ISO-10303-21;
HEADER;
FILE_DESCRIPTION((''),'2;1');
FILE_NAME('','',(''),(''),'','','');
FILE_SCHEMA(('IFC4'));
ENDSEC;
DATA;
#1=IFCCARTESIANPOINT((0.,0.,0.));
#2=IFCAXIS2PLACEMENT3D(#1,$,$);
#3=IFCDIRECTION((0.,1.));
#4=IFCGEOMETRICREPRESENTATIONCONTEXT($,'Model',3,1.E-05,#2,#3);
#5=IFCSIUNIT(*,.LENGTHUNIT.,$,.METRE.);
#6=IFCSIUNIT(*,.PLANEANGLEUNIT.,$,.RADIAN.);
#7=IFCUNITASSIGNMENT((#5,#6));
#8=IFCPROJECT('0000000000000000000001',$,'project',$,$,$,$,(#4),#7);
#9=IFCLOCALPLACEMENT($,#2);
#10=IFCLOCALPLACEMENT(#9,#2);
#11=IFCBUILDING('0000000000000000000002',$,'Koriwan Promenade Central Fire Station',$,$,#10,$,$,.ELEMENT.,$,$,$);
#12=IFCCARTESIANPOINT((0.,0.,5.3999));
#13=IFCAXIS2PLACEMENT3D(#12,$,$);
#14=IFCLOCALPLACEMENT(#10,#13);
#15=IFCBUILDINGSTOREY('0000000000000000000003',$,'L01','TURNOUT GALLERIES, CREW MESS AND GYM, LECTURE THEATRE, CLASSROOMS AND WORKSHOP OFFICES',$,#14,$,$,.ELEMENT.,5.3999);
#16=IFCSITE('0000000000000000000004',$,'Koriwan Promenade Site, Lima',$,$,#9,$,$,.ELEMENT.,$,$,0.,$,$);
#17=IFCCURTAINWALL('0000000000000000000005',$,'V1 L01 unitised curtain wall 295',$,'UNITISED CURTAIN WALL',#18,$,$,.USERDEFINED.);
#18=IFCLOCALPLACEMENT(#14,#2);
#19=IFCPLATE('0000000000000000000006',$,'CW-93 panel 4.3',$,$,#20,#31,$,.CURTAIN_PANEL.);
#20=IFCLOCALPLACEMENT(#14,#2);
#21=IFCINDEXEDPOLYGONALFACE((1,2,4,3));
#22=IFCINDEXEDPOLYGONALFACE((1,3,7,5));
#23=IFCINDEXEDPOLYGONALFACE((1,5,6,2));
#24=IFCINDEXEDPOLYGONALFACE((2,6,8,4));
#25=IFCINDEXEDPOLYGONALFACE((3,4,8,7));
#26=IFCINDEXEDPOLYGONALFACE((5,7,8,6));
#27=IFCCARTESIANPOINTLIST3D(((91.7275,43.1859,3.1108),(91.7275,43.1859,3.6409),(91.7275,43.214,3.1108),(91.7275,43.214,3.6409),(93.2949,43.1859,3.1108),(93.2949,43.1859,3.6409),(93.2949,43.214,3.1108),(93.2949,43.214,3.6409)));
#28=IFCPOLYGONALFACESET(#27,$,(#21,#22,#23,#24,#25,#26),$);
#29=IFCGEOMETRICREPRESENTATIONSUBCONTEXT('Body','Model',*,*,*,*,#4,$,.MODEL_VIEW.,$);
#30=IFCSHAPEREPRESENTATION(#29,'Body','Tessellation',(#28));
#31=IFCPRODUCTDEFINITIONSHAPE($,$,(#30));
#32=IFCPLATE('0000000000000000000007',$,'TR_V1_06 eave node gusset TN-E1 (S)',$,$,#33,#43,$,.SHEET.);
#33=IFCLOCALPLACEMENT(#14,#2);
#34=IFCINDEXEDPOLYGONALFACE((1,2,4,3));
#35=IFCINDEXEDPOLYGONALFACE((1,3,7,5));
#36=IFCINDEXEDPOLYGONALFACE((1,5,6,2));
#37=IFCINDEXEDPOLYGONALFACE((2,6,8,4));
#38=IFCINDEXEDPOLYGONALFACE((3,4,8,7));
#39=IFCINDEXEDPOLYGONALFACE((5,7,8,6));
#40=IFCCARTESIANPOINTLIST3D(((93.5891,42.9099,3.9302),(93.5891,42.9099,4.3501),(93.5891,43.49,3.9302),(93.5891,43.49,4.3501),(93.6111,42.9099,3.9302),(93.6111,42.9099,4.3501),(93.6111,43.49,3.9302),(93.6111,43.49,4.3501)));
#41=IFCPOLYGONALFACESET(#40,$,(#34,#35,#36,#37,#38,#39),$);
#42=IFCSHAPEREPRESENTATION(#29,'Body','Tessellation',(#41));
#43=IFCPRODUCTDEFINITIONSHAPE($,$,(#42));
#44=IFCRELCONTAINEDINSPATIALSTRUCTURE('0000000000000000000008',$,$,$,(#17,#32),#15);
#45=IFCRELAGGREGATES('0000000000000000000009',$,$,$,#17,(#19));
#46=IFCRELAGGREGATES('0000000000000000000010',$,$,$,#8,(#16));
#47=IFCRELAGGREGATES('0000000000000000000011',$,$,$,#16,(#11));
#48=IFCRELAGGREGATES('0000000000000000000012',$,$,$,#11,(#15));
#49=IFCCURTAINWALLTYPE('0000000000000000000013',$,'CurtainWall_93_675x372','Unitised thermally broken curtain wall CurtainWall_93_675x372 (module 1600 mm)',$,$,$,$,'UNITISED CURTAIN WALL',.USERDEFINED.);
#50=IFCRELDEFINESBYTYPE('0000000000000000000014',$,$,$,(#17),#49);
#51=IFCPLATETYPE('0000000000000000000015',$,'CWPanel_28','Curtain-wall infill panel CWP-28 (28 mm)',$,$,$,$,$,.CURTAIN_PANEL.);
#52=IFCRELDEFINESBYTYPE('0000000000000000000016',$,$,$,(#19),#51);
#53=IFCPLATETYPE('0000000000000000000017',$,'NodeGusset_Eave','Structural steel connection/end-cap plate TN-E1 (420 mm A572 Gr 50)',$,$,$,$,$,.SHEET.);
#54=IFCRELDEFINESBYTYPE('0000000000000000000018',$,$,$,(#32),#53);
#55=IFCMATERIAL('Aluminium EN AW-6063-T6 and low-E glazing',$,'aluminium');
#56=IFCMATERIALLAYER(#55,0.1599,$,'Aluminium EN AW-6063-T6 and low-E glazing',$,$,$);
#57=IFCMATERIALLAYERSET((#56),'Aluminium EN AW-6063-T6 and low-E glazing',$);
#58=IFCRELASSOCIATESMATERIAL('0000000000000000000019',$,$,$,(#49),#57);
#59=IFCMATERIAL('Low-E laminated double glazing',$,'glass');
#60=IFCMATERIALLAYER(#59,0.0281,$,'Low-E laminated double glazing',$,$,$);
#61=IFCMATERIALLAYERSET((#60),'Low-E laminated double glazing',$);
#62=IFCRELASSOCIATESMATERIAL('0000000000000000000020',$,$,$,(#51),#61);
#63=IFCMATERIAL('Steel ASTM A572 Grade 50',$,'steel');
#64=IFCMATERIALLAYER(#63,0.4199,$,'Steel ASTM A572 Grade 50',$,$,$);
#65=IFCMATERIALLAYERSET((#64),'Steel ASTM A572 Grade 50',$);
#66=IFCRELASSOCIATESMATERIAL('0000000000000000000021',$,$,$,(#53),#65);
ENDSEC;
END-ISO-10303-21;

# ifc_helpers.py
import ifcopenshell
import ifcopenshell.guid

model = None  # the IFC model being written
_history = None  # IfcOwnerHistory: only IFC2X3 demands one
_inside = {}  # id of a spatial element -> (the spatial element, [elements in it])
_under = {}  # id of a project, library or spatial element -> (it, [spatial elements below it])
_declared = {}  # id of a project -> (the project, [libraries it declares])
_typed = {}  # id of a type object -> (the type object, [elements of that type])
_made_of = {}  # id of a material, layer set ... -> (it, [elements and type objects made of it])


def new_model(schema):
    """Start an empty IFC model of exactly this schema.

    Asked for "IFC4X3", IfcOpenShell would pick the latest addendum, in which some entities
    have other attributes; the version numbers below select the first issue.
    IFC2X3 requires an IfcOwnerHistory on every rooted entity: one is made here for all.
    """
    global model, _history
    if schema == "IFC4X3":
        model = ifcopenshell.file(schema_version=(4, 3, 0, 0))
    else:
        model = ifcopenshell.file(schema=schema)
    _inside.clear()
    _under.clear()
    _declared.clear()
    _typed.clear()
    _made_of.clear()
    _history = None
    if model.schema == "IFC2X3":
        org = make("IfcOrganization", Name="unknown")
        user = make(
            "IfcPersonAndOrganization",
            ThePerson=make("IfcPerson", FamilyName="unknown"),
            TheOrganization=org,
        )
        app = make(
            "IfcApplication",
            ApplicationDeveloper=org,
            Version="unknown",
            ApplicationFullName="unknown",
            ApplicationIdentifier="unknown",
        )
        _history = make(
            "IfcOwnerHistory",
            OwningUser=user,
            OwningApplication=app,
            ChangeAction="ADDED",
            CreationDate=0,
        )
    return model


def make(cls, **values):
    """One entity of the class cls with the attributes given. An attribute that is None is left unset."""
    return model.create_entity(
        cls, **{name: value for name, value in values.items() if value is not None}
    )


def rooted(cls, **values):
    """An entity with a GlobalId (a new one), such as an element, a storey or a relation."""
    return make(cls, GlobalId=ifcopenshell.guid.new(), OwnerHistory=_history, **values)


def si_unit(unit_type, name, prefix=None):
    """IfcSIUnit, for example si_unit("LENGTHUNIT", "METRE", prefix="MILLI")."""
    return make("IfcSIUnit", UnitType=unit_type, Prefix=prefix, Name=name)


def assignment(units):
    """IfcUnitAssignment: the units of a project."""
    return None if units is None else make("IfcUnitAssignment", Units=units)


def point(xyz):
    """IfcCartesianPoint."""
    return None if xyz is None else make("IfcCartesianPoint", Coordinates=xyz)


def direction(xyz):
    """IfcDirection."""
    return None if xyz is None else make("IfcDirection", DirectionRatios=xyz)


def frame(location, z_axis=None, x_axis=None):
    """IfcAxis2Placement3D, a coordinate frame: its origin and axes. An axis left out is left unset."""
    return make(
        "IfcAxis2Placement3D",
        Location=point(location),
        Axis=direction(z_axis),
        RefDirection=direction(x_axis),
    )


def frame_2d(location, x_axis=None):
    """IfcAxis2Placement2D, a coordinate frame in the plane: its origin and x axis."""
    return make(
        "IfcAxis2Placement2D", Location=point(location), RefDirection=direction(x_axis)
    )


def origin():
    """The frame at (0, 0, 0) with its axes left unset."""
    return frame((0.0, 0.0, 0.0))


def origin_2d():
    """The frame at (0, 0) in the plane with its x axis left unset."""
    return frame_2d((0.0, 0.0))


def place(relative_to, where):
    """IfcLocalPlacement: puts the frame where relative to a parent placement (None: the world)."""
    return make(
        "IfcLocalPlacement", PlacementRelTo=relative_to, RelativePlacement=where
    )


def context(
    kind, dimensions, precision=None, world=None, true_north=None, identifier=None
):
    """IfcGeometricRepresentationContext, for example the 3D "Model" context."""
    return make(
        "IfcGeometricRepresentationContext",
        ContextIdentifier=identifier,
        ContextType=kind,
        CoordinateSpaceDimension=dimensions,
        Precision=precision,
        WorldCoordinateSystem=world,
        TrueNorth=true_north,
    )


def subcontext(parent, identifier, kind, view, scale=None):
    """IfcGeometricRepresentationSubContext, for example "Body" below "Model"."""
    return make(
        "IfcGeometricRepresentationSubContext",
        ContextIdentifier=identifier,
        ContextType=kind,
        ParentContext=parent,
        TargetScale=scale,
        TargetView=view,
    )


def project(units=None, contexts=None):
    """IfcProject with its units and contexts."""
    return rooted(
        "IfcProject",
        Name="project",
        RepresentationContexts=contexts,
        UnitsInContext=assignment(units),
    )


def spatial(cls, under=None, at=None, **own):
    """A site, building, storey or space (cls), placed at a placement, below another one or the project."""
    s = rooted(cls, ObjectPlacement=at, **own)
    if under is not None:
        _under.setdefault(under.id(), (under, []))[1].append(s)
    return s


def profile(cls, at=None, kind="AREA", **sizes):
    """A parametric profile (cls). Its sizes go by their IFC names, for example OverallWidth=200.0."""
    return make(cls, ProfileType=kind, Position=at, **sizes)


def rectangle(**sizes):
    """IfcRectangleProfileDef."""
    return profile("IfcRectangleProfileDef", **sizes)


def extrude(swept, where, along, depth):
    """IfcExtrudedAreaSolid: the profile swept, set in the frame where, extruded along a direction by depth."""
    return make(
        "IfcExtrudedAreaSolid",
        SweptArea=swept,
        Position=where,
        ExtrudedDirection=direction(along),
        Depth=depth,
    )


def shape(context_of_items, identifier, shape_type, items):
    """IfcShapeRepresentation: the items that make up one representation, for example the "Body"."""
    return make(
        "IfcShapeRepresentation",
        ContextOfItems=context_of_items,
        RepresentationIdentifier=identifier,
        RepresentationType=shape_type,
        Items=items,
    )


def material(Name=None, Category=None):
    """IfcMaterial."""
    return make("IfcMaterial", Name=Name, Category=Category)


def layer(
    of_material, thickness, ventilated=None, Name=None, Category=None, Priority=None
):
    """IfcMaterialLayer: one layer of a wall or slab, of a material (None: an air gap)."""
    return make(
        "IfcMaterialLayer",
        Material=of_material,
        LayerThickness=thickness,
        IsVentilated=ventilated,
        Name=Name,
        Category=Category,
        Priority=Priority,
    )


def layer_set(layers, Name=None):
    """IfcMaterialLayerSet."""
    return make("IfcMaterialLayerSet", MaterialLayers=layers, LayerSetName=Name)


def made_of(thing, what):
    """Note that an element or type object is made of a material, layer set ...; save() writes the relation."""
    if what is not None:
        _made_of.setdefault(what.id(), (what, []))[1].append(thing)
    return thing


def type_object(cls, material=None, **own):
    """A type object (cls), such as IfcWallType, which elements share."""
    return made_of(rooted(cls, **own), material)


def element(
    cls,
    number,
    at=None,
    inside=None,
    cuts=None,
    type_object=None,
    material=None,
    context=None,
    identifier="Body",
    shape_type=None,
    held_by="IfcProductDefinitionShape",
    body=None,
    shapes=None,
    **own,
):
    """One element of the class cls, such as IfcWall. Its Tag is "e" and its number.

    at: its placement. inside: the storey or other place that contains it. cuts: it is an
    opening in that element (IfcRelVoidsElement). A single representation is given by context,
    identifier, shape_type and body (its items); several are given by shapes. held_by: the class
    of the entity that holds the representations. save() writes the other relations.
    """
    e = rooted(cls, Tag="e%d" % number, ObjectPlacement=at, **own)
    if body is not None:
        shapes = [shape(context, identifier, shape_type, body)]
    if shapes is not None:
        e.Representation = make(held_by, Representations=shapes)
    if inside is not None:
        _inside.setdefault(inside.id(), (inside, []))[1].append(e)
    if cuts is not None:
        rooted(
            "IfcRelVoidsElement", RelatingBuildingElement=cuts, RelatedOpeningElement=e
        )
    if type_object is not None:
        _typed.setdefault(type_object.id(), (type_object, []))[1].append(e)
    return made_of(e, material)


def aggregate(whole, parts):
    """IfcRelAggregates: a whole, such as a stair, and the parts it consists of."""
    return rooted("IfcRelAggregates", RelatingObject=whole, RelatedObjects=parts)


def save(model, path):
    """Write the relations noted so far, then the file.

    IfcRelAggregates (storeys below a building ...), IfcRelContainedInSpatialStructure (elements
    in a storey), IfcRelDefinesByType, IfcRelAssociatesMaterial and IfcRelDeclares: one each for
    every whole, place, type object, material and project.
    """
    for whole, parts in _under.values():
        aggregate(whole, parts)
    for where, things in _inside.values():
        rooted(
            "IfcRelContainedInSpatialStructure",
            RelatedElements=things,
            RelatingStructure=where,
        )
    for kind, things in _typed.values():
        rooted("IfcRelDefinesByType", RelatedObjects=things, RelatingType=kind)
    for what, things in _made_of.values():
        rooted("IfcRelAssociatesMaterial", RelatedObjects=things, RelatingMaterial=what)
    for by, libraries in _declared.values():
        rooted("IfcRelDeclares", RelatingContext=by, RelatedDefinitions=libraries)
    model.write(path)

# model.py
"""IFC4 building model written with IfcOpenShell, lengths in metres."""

from ifc_helpers import new_model, si_unit, direction, frame, origin, origin_2d, place, context, subcontext, project, spatial, rectangle, extrude, material, layer, layer_set, type_object, element, aggregate, save


model = new_model("IFC4")

# Units and contexts
model_context = context("Model", 3, precision=1e-05, world=origin(), true_north=direction((0.0, 1.0)))
body_context = subcontext(model_context, "Body", "Model", "MODEL_VIEW")
ifc_project = project(units=[si_unit("LENGTHUNIT", "METRE"), si_unit("PLANEANGLEUNIT", "RADIAN")], contexts=[model_context])

# Site, building, storey
site_placement = place(None, origin())
site = spatial("IfcSite", under=ifc_project, at=site_placement, Name="Koriwan Promenade Site, Lima", CompositionType="ELEMENT", RefElevation=0.0)
building_placement = place(site_placement, origin())
building = spatial("IfcBuilding", under=site, at=building_placement, Name="Koriwan Promenade Central Fire Station", CompositionType="ELEMENT")
storey_placement = place(building_placement, frame((0.0, 0.0, 5.3999)))
storey = spatial("IfcBuildingStorey", under=building, at=storey_placement, Name="L01", Description="TURNOUT GALLERIES, CREW MESS AND GYM, LECTURE THEATRE, CLASSROOMS AND WORKSHOP OFFICES", CompositionType="ELEMENT", Elevation=5.3999)

# Curtain wall
ifc_material_1 = material(Name="Aluminium EN AW-6063-T6 and low-E glazing", Category="aluminium")
ifc_layer_1 = layer(ifc_material_1, 0.1599, Name="Aluminium EN AW-6063-T6 and low-E glazing")
ifc_layer_set_1 = layer_set([ifc_layer_1], Name="Aluminium EN AW-6063-T6 and low-E glazing")
curtain_wall_type = type_object("IfcCurtainWallType", Name="CurtainWall_93_675x372", Description="Unitised thermally broken curtain wall CurtainWall_93_675x372 (module 1600 mm)", ElementType="UNITISED CURTAIN WALL", PredefinedType="USERDEFINED", material=ifc_layer_set_1)
curtain_wall_1_placement = place(storey_placement, origin())
curtain_wall_1 = element("IfcCurtainWall", 1, at=curtain_wall_1_placement, inside=storey, type_object=curtain_wall_type, Name="V1 L01 unitised curtain wall 295", ObjectType="UNITISED CURTAIN WALL", PredefinedType="USERDEFINED")

# Plates
ifc_material_2 = material(Name="Low-E laminated double glazing", Category="glass")
ifc_layer_2 = layer(ifc_material_2, 0.0281, Name="Low-E laminated double glazing")
ifc_layer_set_2 = layer_set([ifc_layer_2], Name="Low-E laminated double glazing")
plate_type_1 = type_object("IfcPlateType", Name="CWPanel_28", Description="Curtain-wall infill panel CWP-28 (28 mm)", PredefinedType="CURTAIN_PANEL", material=ifc_layer_set_2)
plate_1_placement = place(storey_placement, frame((92.5112, 43.2, 3.1108), z_axis=(0.0, 0.0, 1.0), x_axis=(1.0, 0.0, 0.0)))
plate_1 = element("IfcPlate", 2, at=plate_1_placement, type_object=plate_type_1, Name="CW-93 panel 4.3", PredefinedType="CURTAIN_PANEL", context=body_context, shape_type="SweptSolid", body=[
    extrude(rectangle(XDim=1.5674, YDim=0.0281, at=origin_2d()), origin(), (0.0, 0.0, 1.0), 0.53),
])
aggregate(curtain_wall_1, [plate_1])
ifc_material_3 = material(Name="Steel ASTM A572 Grade 50", Category="steel")
ifc_layer_3 = layer(ifc_material_3, 0.4199, Name="Steel ASTM A572 Grade 50")
ifc_layer_set_3 = layer_set([ifc_layer_3], Name="Steel ASTM A572 Grade 50")
plate_type_2 = type_object("IfcPlateType", Name="NodeGusset_Eave", Description="Structural steel connection/end-cap plate TN-E1 (420 mm A572 Gr 50)", PredefinedType="SHEET", material=ifc_layer_set_3)
plate_2_placement = place(storey_placement, frame((93.6001, 43.2, 3.9302), z_axis=(0.0, 0.0, 1.0), x_axis=(1.0, 0.0, 0.0)))
element("IfcPlate", 3, at=plate_2_placement, inside=storey, type_object=plate_type_2, Name="TR_V1_06 eave node gusset TN-E1 (S)", PredefinedType="SHEET", context=body_context, shape_type="SweptSolid", body=[
    extrude(rectangle(XDim=0.022, YDim=0.5801, at=origin_2d()), origin(), (0.0, 0.0, 1.0), 0.4199),
])

save(model, "model.ifc")
